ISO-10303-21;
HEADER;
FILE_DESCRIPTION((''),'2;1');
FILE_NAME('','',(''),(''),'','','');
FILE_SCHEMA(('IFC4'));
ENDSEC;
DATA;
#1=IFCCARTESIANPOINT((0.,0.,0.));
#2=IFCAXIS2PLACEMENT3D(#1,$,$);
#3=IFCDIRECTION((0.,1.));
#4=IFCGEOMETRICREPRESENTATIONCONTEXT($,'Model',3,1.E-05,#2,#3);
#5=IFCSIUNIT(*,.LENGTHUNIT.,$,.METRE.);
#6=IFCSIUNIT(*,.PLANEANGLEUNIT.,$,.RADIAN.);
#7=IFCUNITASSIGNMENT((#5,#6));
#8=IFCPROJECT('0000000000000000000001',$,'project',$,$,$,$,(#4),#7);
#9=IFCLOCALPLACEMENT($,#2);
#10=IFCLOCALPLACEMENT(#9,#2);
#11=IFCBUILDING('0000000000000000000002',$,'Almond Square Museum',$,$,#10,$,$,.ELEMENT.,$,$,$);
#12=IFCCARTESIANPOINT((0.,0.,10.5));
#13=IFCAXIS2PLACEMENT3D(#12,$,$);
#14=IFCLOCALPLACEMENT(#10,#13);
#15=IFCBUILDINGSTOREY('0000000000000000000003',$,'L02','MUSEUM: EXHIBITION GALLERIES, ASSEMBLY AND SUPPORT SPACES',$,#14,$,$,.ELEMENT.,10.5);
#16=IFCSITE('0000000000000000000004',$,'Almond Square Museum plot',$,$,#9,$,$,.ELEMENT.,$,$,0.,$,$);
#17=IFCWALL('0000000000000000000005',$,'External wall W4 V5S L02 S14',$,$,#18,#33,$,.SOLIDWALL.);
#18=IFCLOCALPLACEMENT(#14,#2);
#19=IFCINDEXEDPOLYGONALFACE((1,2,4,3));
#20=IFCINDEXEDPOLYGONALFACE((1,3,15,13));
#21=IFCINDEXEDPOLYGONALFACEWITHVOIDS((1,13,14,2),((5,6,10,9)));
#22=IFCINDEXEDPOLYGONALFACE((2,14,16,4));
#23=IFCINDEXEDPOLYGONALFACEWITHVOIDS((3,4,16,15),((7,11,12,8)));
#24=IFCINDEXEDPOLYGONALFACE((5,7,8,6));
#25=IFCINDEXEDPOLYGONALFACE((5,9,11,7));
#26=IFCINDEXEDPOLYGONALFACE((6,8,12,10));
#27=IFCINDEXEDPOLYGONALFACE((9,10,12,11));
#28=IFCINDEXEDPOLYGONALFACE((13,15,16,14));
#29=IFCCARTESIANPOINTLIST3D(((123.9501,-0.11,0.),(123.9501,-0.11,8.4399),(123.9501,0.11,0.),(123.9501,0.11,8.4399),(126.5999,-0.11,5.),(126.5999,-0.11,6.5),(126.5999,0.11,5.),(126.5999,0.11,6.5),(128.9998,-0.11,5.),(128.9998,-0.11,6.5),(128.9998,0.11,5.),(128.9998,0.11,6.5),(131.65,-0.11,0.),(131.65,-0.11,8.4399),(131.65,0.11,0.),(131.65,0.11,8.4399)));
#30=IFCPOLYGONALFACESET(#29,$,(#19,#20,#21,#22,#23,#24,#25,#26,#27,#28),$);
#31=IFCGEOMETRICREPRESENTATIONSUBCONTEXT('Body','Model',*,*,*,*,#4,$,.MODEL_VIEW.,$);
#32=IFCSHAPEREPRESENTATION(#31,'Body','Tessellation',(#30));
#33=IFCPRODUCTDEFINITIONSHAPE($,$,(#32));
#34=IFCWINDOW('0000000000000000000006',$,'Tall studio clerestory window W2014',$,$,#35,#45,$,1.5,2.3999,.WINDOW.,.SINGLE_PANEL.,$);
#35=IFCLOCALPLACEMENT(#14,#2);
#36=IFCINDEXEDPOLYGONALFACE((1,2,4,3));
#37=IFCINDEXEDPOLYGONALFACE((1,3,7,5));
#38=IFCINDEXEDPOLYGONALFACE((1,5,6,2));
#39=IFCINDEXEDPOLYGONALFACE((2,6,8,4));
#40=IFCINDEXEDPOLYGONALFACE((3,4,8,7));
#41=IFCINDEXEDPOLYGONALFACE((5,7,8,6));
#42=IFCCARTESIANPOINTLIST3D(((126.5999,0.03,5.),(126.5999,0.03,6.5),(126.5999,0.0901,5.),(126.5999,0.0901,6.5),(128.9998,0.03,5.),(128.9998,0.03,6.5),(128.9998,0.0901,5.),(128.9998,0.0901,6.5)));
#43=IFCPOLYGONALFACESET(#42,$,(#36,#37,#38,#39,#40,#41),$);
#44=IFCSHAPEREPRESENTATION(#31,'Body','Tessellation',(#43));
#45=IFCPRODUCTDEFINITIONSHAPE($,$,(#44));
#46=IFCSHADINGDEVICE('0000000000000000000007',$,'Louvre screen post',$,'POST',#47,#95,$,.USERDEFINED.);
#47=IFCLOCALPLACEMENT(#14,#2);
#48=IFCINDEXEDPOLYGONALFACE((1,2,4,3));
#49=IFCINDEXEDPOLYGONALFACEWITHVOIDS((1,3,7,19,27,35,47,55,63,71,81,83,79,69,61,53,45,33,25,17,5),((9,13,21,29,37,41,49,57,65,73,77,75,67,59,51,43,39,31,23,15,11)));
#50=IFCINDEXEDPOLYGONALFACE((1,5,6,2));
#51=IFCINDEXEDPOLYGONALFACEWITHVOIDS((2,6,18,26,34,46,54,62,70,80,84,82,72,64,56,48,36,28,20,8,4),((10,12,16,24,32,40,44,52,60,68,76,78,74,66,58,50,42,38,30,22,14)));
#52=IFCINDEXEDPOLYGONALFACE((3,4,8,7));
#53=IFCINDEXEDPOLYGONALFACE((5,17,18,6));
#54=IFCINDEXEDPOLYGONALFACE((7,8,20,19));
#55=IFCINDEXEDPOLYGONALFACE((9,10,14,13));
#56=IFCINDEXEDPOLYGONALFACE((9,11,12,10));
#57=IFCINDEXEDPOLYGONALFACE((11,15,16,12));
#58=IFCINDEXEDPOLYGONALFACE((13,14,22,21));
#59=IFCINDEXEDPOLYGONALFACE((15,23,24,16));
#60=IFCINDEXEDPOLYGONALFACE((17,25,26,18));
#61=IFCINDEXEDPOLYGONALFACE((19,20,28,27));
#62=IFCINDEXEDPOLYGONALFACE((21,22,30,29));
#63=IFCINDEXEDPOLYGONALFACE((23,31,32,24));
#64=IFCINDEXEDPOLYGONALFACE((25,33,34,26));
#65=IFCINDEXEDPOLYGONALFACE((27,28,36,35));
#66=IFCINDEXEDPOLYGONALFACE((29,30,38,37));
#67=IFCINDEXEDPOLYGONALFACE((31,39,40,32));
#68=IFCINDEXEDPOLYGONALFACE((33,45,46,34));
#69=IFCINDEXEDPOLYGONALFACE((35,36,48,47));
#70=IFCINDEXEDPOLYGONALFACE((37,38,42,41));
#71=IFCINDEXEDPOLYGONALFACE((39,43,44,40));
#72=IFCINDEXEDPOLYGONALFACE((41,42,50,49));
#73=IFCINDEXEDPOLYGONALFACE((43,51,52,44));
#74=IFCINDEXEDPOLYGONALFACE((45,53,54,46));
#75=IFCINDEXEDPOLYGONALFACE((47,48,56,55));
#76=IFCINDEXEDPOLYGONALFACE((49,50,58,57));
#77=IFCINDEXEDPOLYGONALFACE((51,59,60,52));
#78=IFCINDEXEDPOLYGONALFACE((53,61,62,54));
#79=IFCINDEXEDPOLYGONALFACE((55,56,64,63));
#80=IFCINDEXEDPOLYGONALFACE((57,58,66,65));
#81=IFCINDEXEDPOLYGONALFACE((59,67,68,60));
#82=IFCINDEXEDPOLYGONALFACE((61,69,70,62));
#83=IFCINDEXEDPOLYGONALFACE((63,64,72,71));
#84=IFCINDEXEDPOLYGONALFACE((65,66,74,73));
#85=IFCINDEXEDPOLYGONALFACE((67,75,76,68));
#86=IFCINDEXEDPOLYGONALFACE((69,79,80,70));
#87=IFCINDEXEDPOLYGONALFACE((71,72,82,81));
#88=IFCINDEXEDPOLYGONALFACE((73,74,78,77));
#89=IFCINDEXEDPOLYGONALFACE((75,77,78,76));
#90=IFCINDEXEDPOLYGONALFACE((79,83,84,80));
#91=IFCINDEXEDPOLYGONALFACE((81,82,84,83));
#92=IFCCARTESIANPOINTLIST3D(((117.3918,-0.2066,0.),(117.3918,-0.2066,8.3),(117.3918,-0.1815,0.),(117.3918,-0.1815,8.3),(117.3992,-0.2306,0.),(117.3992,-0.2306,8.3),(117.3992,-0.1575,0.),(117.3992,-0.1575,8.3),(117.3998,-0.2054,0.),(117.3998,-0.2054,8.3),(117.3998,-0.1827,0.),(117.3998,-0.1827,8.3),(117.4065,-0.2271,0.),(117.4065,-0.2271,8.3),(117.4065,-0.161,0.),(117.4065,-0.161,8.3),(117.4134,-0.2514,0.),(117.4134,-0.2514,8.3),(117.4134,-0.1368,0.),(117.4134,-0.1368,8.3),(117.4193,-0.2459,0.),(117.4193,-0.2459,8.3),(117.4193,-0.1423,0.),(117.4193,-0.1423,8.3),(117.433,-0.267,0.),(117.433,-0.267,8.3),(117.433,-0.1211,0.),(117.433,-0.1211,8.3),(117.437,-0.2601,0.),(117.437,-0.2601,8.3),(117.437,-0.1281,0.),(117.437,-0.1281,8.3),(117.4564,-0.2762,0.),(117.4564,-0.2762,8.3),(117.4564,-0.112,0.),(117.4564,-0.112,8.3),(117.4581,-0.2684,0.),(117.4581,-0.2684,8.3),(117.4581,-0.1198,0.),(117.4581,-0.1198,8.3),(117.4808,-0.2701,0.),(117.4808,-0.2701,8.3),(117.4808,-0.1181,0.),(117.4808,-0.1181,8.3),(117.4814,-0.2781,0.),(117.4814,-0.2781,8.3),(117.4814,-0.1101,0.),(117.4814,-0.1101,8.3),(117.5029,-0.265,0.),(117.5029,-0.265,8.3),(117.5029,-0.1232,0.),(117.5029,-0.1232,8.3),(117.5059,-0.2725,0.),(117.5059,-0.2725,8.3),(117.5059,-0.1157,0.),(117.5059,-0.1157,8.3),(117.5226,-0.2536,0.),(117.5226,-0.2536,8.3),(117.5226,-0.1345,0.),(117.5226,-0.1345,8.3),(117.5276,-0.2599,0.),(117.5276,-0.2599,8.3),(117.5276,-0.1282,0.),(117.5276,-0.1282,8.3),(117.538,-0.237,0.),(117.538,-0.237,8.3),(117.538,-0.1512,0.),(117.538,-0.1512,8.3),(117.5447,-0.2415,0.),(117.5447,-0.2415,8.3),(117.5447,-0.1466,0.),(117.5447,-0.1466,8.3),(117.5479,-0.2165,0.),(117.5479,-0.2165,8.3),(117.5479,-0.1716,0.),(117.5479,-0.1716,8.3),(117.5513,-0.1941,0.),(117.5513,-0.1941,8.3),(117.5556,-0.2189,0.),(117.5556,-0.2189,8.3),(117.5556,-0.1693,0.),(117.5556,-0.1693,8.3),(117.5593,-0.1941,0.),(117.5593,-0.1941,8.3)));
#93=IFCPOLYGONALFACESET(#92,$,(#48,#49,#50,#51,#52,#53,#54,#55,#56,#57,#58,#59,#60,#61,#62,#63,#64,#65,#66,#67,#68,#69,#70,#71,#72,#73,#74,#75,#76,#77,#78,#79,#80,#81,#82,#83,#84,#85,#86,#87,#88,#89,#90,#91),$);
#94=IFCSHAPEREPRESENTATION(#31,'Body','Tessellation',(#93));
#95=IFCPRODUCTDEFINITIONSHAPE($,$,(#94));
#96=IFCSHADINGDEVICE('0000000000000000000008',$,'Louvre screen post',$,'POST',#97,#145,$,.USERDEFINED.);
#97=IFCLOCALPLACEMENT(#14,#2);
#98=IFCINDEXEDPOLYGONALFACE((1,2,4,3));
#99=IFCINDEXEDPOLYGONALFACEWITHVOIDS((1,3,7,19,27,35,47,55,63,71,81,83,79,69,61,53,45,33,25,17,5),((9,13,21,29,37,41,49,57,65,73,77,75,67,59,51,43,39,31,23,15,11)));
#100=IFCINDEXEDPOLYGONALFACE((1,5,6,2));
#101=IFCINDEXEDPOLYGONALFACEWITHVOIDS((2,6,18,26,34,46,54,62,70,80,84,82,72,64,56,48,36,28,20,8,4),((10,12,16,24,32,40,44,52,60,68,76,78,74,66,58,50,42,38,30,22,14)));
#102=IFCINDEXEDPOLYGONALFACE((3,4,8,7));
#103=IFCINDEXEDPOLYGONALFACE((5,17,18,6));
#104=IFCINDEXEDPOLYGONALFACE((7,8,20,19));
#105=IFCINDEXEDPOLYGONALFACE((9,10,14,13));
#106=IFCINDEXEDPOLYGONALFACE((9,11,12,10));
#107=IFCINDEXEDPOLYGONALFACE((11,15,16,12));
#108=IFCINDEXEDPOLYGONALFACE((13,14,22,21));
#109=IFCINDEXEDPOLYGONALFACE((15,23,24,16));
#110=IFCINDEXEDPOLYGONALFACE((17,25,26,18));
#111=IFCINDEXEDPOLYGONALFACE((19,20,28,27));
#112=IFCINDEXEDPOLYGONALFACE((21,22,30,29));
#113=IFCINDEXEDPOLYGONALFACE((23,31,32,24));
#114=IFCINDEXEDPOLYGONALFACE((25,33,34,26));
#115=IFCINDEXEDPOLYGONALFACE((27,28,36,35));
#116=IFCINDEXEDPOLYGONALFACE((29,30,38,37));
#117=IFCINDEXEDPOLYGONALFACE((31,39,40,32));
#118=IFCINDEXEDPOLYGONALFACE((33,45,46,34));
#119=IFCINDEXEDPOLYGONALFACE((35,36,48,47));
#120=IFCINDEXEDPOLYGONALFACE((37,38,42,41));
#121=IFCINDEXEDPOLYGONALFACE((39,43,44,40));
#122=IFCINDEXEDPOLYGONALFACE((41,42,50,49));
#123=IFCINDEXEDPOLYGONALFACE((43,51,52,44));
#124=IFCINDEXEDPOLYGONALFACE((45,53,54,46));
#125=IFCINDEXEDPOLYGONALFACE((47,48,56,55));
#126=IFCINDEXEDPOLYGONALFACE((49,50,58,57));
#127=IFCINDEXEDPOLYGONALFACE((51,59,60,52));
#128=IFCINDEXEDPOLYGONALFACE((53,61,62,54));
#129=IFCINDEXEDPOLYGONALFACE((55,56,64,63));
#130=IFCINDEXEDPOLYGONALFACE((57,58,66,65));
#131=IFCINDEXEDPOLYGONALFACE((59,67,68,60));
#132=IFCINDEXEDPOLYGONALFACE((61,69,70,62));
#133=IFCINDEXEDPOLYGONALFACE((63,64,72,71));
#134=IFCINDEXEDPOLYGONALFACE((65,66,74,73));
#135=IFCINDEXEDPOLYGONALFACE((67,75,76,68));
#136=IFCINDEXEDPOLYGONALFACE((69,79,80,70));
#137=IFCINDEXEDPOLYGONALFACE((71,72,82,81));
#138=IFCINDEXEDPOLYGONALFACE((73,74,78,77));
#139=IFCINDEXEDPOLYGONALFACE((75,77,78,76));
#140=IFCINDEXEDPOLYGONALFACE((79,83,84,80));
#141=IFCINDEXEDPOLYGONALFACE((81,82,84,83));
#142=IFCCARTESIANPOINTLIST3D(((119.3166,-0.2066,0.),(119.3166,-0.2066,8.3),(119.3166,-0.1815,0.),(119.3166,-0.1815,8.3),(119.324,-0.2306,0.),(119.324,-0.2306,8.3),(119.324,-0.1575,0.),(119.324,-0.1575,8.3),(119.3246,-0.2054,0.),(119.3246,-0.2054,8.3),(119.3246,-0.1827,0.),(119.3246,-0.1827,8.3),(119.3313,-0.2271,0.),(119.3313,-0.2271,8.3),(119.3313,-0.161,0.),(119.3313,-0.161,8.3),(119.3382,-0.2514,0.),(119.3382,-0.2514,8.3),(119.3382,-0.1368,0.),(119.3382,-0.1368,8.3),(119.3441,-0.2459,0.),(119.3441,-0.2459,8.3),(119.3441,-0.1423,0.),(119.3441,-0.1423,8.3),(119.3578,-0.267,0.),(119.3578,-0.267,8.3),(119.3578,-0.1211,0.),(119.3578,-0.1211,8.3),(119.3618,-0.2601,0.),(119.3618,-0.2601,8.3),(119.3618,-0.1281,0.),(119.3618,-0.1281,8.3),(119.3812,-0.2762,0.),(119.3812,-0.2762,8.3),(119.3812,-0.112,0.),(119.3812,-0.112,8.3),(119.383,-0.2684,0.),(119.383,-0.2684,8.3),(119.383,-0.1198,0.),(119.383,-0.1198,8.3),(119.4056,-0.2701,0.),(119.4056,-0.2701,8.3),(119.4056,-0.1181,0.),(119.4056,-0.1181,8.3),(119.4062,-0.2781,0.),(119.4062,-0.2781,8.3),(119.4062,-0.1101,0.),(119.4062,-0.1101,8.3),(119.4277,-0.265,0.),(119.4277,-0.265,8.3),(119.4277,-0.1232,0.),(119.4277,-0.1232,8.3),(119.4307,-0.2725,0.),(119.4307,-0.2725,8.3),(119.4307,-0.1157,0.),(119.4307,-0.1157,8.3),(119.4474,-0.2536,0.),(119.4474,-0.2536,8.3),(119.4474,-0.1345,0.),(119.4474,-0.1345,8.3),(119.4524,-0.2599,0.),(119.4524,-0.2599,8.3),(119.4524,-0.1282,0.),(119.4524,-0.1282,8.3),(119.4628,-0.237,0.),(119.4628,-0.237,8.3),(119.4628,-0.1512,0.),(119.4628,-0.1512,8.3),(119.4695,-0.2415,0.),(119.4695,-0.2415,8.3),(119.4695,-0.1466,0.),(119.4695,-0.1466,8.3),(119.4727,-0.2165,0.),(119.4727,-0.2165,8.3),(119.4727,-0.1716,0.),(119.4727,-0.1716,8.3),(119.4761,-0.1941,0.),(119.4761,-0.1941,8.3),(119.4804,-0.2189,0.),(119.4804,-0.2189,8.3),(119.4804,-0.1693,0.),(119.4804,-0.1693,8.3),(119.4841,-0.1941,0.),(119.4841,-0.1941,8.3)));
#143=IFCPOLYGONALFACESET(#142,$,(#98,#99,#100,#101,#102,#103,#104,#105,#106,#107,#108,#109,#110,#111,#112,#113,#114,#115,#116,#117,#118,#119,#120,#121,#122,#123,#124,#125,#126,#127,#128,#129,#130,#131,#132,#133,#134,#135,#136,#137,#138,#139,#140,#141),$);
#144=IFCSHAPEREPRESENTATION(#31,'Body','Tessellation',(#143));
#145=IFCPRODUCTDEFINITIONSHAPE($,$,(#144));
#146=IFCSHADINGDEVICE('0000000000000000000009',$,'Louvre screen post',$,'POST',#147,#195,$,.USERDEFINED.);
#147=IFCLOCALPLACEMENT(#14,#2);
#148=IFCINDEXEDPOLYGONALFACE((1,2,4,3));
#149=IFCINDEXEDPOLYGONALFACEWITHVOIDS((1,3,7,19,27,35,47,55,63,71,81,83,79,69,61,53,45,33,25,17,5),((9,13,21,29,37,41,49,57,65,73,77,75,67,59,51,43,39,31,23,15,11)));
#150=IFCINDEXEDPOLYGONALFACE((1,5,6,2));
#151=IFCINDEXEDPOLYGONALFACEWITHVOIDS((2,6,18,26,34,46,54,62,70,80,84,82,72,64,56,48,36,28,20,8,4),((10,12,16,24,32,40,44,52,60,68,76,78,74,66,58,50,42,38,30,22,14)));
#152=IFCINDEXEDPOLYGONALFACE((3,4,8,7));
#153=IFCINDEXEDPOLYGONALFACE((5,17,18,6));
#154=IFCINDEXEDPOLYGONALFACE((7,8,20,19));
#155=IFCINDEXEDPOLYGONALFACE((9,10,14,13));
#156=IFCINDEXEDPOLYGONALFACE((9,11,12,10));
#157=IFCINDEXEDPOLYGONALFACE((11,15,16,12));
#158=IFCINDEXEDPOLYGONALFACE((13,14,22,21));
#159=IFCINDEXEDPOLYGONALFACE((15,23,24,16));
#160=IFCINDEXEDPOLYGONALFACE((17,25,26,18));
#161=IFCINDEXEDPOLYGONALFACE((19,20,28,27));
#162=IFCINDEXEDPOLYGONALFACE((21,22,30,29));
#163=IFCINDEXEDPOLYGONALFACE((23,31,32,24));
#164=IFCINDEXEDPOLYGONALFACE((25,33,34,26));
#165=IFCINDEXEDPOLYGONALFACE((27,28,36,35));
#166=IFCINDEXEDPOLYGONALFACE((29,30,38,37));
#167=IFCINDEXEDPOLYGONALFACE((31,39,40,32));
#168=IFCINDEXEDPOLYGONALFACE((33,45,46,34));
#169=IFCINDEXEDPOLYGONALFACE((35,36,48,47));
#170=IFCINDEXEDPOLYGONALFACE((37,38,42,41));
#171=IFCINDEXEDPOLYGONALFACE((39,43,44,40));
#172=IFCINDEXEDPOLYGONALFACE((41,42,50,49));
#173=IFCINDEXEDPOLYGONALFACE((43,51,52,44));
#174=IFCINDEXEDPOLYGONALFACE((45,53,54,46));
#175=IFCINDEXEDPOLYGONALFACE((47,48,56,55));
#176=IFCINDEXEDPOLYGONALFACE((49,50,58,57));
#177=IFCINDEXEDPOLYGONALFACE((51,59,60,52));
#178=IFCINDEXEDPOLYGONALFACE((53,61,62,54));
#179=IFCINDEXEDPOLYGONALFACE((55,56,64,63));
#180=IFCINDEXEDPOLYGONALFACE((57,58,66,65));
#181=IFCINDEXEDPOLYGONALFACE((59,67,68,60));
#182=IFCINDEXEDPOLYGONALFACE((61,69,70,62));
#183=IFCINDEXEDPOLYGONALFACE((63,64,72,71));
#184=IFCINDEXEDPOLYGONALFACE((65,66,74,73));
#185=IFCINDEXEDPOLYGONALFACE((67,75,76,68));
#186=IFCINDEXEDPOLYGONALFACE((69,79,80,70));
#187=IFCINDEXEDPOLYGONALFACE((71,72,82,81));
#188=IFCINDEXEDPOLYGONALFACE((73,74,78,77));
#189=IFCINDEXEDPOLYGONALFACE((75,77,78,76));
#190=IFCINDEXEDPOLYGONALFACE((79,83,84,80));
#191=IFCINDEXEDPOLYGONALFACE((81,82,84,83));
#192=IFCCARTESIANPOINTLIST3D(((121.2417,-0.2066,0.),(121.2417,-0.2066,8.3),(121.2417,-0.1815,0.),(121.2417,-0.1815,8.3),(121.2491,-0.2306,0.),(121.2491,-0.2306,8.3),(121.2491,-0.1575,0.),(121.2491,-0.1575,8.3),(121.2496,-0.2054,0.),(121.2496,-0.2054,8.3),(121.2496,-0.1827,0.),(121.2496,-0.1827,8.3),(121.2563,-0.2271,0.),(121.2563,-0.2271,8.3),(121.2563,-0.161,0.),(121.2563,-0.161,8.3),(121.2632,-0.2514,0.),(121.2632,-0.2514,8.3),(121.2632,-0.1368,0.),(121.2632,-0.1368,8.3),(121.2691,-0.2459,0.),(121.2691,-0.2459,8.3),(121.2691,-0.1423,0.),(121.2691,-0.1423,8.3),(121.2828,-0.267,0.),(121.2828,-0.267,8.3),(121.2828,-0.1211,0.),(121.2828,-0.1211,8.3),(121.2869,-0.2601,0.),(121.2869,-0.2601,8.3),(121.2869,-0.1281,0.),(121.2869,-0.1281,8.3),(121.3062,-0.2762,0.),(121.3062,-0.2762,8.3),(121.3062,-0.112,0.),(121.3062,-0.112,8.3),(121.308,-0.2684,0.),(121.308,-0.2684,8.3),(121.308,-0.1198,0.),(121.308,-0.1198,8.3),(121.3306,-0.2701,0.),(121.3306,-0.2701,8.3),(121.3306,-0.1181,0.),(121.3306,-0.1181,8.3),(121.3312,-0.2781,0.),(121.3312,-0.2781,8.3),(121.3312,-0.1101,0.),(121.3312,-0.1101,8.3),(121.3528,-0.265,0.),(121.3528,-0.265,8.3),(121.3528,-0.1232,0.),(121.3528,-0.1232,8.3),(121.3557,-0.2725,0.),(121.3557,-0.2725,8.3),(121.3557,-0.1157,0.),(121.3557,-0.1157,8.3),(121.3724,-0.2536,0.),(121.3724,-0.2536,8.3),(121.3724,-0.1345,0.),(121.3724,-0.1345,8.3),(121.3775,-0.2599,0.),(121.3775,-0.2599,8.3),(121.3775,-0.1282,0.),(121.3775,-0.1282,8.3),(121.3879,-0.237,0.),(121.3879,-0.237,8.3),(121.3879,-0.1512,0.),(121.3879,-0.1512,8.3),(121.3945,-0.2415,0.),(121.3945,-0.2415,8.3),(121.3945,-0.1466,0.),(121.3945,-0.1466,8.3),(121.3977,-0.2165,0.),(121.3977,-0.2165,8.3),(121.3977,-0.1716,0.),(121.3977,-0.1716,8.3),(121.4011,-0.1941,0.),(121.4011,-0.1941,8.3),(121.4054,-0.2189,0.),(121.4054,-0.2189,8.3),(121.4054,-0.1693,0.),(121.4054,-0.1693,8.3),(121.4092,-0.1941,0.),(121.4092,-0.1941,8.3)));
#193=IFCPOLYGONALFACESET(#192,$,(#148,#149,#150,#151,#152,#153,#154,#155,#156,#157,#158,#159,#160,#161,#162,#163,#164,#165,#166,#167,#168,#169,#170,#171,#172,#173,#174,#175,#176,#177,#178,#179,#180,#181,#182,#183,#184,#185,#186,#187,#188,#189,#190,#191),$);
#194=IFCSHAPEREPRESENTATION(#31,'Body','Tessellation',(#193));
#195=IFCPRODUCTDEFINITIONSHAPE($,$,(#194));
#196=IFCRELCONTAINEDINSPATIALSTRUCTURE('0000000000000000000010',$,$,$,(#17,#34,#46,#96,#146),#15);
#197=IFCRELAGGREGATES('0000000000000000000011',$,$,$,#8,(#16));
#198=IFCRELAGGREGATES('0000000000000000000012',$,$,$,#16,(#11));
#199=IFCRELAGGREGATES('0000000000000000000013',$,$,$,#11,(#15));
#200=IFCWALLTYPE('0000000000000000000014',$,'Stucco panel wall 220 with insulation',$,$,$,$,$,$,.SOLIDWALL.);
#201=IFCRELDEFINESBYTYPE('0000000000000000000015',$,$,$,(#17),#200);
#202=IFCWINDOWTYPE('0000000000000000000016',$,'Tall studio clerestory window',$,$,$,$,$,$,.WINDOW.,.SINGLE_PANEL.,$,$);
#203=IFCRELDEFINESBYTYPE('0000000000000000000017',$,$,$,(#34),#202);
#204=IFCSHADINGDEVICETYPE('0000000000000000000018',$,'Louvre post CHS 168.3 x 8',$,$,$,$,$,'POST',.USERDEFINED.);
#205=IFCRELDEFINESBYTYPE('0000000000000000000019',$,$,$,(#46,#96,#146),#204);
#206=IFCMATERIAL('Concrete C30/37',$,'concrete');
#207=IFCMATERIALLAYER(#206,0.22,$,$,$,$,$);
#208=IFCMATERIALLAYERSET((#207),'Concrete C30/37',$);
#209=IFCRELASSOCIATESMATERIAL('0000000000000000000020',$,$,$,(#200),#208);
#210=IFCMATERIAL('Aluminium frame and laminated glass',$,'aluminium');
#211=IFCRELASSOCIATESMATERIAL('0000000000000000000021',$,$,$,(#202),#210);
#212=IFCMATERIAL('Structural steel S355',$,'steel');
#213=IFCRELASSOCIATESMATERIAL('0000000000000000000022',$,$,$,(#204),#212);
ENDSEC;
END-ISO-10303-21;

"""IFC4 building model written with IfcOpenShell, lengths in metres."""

from ifc_helpers import new_model, si_unit, direction, frame, frame_2d, origin, origin_2d, place, context, subcontext, project, spatial, rectangle, hollow_circle, extrude, material, layer, layer_set, material_profile, profile_set, type_object, element, fill, save


model = new_model("IFC4")

# Units and contexts
model_context = context("Model", 3, precision=1e-05, world=origin(), true_north=direction((0.0, 1.0)))
body_context = subcontext(model_context, "Body", "Model", "MODEL_VIEW")
ifc_project = project(units=[si_unit("LENGTHUNIT", "METRE"), si_unit("PLANEANGLEUNIT", "RADIAN")], contexts=[model_context])

# Site, building, storey
site_placement = place(None, origin())
site = spatial("IfcSite", under=ifc_project, at=site_placement, Name="Almond Square Museum plot", CompositionType="ELEMENT", RefElevation=0.0)
building_placement = place(site_placement, origin())
building = spatial("IfcBuilding", under=site, at=building_placement, Name="Almond Square Museum", CompositionType="ELEMENT")
storey_placement = place(building_placement, frame((0.0, 0.0, 10.5)))
storey = spatial("IfcBuildingStorey", under=building, at=storey_placement, Name="L02", Description="MUSEUM: EXHIBITION GALLERIES, ASSEMBLY AND SUPPORT SPACES", CompositionType="ELEMENT", Elevation=10.5)

# Wall, opening, window
ifc_material_1 = material(Name="Concrete C30/37", Category="concrete")
ifc_layer_1 = layer(ifc_material_1, 0.22)
ifc_layer_set_1 = layer_set([ifc_layer_1], Name="Concrete C30/37")
wall_type_1 = type_object("IfcWallType", Name="Stucco panel wall 220 with insulation", PredefinedType="SOLIDWALL", material=ifc_layer_set_1)
wall_1_placement = place(storey_placement, frame((123.95, 0.0, 0.0), z_axis=(0.0, 0.0, 1.0), x_axis=(1.0, 0.0, 0.0)))
wall_1 = element("IfcWall", 1, at=wall_1_placement, inside=storey, type_object=wall_type_1, Name="External wall W4 V5S L02 S14", PredefinedType="SOLIDWALL", context=body_context, shape_type="SweptSolid", body=[
    extrude(rectangle(XDim=7.7, YDim=0.22, at=frame_2d((3.8501, 0.0))), origin(), (0.0, 0.0, 1.0), 8.4399),
])
opening_1_placement = place(wall_1_placement, frame((2.6499, 0.0, 5.0)))
opening_1 = element("IfcOpeningElement", 2, at=opening_1_placement, cuts=wall_1, PredefinedType="OPENING", context=body_context, shape_type="SweptSolid", body=[
    extrude(rectangle(XDim=2.3999, YDim=1.5, at=frame_2d((1.2, 0.75))), frame((0.0, 0.1199, 0.0), z_axis=(0.0, -1.0, 0.0), x_axis=(1.0, 0.0, 0.0)), (0.0, 0.0, 1.0), 0.24),
])
ifc_material_2 = material(Name="Aluminium frame and laminated glass", Category="aluminium")
window_type = type_object("IfcWindowType", Name="Tall studio clerestory window", PartitioningType="SINGLE_PANEL", PredefinedType="WINDOW", material=ifc_material_2)
window_placement = place(opening_1_placement, origin())
window = element("IfcWindow", 3, at=window_placement, inside=storey, type_object=window_type, Name="Tall studio clerestory window W2014", OverallHeight=1.5, OverallWidth=2.3999, PartitioningType="SINGLE_PANEL", PredefinedType="WINDOW", context=body_context, shape_type="SweptSolid", body=[
    extrude(rectangle(XDim=2.3999, YDim=1.5, at=frame_2d((1.2, 0.75))), frame((0.0, 0.0901, 0.0), z_axis=(0.0, -1.0, 0.0), x_axis=(1.0, 0.0, 0.0)), (0.0, 0.0, 1.0), 0.0601),
])
fill(opening_1, window)

# Shading devices
ifc_material_3 = material(Name="Structural steel S355", Category="steel")
ifc_material_profile_1 = material_profile(ifc_material_3, hollow_circle(Radius=0.0842, WallThickness=0.0081, at=origin_2d()))
ifc_profile_set_1 = profile_set([ifc_material_profile_1], Name="Structural steel S355")
shading_device_type = type_object("IfcShadingDeviceType", Name="Louvre post CHS 168.3 x 8", ElementType="POST", PredefinedType="USERDEFINED", material=ifc_profile_set_1)
for number, where, z_axis, x_axis, name in (
    (4, (117.4751, -0.1941, 0.0), (0.0, 0.0, 1.0), (1.0, 0.0, 0.0), "Louvre screen post"),
    (5, (119.3999, -0.1941, 0.0), (0.0, 0.0, 1.0), (1.0, 0.0, 0.0), "Louvre screen post"),
    (6, (121.325, -0.1941, 0.0), (0.0, 0.0, 1.0), (1.0, 0.0, 0.0), "Louvre screen post"),
):
    element("IfcShadingDevice", number, at=place(storey_placement, frame(where, z_axis=z_axis, x_axis=x_axis)), inside=storey, type_object=shading_device_type, Name=name, ObjectType="POST", PredefinedType="USERDEFINED", context=body_context, shape_type="SweptSolid", body=[
        extrude(hollow_circle(Radius=0.0842, WallThickness=0.0081, at=origin_2d()), origin(), (0.0, 0.0, 1.0), 8.3),
    ])

save(model, "model.ifc")
